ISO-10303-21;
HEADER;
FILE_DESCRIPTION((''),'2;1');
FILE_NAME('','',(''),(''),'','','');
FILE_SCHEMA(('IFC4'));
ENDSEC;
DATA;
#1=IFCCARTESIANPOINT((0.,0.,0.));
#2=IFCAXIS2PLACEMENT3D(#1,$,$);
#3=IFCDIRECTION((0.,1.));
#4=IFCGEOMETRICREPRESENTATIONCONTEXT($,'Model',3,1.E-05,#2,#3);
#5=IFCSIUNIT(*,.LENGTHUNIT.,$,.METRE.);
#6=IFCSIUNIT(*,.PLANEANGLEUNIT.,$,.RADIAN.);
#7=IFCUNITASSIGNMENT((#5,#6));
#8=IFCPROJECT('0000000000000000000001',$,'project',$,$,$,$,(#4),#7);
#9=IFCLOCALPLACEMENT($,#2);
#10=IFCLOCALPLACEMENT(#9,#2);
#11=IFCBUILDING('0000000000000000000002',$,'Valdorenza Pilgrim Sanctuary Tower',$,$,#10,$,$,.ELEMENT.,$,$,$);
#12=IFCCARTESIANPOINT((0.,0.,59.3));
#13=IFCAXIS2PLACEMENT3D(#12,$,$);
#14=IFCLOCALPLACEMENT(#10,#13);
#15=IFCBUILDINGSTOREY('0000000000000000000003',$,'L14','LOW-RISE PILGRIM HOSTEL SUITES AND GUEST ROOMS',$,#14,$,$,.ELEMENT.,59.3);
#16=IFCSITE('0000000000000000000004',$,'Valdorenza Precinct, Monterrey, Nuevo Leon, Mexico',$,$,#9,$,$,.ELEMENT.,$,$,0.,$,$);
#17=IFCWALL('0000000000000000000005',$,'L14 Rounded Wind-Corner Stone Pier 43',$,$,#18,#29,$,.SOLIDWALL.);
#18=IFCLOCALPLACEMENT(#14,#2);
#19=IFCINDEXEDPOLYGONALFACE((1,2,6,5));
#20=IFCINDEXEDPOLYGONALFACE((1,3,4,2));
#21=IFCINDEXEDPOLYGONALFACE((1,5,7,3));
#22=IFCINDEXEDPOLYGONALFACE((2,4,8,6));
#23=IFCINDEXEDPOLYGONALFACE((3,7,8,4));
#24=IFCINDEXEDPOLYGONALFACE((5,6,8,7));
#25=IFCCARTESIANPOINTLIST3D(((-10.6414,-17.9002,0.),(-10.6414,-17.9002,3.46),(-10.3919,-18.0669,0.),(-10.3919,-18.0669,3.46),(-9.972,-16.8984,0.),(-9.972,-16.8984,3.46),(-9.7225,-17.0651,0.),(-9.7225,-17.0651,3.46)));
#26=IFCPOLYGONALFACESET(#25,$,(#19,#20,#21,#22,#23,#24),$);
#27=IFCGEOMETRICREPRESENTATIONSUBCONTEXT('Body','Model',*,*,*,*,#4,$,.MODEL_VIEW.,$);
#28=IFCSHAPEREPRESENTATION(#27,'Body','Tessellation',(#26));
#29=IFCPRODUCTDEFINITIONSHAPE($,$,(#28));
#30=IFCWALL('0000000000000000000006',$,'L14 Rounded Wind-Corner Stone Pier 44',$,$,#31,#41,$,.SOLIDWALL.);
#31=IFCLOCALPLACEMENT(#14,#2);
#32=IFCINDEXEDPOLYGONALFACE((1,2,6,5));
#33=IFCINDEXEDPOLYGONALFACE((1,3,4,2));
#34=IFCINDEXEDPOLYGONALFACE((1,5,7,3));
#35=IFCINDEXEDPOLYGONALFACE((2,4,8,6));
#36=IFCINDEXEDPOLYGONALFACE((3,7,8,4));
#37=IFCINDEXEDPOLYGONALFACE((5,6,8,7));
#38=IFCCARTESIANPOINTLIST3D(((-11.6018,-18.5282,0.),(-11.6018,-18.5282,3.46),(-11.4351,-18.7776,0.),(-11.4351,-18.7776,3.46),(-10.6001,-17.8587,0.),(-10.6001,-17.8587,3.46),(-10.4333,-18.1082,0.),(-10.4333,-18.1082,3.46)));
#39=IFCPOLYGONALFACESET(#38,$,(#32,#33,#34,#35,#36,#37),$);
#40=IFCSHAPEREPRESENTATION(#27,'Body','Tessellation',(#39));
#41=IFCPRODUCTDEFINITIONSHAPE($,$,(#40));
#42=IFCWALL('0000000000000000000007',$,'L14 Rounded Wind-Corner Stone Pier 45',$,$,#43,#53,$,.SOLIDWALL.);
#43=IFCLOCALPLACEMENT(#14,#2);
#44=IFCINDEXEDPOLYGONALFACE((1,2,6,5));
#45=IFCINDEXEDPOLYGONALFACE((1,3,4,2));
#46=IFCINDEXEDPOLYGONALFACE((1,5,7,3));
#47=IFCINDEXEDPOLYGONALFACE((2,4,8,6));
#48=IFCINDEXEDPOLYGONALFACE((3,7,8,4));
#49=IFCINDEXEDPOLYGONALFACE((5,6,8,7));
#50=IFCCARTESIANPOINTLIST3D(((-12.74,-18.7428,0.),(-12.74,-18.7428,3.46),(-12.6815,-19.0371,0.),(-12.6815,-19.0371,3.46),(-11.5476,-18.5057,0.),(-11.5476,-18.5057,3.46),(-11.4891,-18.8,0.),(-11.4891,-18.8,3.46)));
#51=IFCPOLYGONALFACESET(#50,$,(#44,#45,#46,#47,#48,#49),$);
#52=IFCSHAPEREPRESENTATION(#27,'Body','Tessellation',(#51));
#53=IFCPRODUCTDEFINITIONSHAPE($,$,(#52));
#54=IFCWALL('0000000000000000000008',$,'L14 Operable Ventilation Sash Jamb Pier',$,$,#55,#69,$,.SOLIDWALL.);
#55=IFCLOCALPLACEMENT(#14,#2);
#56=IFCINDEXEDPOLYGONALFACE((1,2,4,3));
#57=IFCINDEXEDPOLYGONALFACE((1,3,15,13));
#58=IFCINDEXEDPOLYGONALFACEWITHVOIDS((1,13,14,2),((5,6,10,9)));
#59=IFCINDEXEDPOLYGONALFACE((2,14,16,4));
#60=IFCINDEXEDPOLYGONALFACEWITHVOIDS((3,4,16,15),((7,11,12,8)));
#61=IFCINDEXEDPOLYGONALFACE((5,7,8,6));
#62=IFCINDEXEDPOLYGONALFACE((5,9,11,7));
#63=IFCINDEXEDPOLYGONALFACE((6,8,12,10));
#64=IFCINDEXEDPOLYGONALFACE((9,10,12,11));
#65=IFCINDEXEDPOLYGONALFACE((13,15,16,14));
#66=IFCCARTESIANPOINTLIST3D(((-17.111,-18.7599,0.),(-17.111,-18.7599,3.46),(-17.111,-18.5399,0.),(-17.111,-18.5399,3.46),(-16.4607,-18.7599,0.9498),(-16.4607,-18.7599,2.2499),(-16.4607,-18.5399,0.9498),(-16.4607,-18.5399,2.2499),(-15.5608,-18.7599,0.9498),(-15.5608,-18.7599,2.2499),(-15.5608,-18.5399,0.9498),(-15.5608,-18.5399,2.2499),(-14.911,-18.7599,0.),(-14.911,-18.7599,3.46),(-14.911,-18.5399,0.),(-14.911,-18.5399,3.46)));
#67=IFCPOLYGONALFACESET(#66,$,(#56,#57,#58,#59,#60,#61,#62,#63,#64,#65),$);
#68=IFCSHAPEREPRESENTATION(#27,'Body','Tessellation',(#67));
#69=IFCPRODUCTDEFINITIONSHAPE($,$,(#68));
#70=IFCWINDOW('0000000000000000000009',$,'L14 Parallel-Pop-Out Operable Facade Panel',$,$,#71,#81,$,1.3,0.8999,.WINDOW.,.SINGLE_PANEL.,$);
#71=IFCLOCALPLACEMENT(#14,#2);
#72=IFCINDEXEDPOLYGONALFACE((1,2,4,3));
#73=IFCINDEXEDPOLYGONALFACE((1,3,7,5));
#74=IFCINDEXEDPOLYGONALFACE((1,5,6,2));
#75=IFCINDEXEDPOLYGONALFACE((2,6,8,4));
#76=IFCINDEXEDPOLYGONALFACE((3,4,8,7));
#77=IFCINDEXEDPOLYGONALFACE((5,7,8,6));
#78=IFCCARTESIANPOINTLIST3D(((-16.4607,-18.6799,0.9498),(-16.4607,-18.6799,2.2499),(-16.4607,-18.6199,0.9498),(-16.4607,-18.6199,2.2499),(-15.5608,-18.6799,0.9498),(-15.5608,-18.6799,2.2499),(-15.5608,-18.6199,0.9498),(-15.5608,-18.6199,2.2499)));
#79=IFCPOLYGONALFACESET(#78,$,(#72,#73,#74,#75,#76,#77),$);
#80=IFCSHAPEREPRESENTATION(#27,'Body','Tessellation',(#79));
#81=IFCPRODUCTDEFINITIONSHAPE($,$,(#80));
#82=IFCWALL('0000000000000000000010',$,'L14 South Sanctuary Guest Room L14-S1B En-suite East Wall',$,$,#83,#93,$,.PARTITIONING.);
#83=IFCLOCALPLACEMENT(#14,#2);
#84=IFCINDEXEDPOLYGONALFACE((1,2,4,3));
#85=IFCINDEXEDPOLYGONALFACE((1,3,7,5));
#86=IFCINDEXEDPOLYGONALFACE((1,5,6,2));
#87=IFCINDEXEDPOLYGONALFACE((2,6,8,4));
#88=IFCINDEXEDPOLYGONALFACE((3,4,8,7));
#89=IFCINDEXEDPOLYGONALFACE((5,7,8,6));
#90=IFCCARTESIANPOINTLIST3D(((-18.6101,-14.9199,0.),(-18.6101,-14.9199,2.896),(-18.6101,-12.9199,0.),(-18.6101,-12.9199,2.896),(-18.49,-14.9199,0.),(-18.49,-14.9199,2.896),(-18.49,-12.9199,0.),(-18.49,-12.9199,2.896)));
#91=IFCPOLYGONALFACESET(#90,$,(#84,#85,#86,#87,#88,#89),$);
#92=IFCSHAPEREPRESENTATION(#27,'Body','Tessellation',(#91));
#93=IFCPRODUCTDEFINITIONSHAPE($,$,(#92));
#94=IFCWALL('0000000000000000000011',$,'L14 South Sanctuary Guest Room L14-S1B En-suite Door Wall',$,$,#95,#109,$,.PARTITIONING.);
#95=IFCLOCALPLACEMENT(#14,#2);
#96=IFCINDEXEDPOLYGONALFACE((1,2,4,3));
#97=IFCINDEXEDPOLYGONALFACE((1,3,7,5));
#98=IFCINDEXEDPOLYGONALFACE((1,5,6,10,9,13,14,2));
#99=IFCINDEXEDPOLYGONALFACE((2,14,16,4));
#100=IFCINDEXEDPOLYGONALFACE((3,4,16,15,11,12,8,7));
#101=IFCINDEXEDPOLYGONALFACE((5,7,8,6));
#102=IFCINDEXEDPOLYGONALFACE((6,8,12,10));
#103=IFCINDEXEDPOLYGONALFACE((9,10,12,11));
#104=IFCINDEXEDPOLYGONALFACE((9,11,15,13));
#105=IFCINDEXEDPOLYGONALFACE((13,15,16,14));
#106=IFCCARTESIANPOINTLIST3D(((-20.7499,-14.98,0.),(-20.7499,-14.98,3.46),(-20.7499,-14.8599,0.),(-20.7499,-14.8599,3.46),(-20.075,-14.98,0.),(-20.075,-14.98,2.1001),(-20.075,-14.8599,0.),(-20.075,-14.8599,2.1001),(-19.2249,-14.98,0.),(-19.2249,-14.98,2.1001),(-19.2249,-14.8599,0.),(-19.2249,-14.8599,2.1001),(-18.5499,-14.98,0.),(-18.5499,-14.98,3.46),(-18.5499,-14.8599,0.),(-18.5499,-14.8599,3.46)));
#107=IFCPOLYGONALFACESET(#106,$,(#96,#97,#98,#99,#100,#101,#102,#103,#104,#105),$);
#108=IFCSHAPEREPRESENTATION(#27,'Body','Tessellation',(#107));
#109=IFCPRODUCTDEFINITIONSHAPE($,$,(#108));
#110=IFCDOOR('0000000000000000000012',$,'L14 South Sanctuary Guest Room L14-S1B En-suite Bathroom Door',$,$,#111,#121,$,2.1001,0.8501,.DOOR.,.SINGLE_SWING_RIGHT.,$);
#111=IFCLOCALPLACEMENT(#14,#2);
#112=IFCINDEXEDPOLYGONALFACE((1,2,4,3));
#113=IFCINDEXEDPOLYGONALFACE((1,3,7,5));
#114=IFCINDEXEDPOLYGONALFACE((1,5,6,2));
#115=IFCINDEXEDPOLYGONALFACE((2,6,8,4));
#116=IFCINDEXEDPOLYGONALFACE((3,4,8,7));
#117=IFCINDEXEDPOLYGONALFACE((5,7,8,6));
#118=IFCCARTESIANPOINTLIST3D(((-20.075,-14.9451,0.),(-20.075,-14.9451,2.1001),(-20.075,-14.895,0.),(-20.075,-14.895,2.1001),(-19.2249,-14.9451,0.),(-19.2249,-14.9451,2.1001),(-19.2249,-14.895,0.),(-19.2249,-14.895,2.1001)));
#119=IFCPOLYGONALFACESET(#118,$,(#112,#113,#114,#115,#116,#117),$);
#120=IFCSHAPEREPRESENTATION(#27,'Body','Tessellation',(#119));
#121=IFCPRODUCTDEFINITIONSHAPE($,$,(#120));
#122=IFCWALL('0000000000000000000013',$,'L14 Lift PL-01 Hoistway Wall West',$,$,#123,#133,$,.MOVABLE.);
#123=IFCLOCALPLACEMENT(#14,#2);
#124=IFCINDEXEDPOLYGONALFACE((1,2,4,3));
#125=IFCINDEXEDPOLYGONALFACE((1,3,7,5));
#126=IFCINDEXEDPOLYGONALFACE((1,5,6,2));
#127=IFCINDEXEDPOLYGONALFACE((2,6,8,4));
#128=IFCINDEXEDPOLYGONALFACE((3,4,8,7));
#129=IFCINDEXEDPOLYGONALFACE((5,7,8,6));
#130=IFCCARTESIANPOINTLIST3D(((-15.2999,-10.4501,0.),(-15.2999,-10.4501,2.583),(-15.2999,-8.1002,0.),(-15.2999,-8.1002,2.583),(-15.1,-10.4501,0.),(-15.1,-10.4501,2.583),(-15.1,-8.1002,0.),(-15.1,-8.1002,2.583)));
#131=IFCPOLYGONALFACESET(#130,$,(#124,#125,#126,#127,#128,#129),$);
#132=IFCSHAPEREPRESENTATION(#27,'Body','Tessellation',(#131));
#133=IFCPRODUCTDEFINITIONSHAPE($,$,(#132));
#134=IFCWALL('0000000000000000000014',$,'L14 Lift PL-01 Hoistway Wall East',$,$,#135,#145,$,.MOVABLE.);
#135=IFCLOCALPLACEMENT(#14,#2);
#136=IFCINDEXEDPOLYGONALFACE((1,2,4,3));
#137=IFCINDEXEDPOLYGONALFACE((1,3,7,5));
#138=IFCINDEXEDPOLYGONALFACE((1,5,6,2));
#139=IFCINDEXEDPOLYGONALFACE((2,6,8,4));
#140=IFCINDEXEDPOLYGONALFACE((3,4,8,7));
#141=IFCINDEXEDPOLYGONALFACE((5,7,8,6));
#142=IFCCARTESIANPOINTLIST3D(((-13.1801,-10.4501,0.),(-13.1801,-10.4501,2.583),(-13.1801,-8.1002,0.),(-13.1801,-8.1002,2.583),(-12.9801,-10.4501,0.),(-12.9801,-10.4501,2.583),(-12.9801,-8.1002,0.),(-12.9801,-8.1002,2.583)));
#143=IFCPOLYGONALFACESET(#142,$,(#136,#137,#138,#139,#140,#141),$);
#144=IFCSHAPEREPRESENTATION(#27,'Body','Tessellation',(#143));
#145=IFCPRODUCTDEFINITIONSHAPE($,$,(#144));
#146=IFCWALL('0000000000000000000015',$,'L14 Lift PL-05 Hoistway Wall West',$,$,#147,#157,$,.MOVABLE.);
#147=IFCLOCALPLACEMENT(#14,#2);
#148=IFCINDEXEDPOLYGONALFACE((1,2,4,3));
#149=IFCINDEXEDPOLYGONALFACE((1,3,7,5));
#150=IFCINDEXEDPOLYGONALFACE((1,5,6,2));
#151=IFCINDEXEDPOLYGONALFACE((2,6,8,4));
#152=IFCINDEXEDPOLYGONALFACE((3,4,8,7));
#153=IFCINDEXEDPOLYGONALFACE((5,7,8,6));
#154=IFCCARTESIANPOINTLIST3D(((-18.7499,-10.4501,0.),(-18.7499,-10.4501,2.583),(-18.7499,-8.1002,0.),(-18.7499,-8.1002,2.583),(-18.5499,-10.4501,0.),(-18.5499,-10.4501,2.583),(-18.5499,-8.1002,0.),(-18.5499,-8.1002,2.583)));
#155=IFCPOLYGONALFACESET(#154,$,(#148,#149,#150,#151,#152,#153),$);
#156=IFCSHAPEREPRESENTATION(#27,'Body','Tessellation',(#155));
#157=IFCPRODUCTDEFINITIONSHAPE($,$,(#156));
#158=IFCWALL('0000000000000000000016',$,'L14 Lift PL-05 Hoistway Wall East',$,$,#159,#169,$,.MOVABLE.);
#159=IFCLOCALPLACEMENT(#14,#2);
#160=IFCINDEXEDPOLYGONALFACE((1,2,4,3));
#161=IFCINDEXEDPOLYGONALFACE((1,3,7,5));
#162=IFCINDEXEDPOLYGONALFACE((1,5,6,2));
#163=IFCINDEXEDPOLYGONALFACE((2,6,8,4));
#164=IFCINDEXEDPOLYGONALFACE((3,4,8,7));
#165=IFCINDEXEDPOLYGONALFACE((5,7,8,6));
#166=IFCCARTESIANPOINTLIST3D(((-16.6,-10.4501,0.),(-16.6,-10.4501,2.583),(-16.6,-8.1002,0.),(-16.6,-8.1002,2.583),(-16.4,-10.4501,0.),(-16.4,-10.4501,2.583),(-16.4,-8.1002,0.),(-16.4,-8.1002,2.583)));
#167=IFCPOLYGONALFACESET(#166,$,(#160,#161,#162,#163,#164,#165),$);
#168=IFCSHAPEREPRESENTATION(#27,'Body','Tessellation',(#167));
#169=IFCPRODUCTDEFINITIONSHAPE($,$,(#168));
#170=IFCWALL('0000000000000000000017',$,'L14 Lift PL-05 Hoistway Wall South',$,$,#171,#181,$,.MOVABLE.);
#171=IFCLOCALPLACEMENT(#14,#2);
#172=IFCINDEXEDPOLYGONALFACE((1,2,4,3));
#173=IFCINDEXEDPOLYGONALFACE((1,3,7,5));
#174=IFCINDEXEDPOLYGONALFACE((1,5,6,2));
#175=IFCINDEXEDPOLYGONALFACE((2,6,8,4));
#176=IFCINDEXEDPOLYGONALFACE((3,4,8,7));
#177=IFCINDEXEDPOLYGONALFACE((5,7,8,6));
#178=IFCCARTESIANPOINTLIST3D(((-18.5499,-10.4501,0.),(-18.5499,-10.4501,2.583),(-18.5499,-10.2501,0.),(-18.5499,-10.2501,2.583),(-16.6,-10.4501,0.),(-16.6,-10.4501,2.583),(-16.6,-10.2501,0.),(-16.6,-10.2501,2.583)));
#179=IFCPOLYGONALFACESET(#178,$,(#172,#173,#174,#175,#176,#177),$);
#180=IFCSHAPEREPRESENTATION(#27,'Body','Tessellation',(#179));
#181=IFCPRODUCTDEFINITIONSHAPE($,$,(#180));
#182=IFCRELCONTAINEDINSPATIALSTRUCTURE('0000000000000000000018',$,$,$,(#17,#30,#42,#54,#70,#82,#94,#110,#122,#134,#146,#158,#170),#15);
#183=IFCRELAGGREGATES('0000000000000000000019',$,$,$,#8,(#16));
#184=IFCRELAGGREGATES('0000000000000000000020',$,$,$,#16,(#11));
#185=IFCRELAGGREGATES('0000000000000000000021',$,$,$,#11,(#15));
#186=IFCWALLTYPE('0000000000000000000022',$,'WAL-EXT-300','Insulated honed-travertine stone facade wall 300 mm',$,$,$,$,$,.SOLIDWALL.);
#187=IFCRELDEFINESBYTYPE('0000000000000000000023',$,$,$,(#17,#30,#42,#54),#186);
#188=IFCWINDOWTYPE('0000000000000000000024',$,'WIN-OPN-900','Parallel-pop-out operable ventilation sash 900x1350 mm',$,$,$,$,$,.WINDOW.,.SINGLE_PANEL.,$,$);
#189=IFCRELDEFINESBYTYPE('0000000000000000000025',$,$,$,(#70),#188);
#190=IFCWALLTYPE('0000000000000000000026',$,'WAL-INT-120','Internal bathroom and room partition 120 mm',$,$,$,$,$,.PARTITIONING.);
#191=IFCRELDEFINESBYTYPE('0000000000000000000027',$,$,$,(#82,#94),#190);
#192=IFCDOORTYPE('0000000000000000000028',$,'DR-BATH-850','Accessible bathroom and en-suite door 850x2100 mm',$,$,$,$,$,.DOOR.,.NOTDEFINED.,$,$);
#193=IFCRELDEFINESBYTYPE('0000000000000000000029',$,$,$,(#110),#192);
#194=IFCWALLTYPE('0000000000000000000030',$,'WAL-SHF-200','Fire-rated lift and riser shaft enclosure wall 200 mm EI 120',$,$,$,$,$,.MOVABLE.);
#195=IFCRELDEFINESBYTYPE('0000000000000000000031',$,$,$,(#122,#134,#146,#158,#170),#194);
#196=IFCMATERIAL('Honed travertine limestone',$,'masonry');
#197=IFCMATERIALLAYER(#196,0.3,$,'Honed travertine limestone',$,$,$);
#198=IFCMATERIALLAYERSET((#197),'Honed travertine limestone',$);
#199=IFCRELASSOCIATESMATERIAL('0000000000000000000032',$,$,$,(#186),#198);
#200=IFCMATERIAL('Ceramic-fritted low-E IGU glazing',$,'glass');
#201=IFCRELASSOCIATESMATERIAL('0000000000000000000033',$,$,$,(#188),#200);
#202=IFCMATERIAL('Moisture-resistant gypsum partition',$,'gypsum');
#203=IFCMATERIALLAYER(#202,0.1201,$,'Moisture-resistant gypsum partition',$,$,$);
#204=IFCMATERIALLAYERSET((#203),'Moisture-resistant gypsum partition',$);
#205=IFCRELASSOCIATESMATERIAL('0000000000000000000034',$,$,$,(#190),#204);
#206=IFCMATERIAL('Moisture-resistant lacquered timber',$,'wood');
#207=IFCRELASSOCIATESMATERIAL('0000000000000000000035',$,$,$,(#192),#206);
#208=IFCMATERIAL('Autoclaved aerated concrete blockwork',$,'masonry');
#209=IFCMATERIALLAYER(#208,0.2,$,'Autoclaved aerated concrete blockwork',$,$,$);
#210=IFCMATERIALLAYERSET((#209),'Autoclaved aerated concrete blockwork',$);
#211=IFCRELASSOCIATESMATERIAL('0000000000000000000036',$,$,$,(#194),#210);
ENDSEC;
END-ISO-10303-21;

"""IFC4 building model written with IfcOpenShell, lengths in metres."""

from ifc_helpers import new_model, si_unit, direction, frame, frame_2d, origin, place, context, subcontext, project, spatial, rectangle, extrude, material, layer, layer_set, type_object, element, fill, save


model = new_model("IFC4")

# Units and contexts
model_context = context("Model", 3, precision=1e-05, world=origin(), true_north=direction((0.0, 1.0)))
body_context = subcontext(model_context, "Body", "Model", "MODEL_VIEW")
ifc_project = project(units=[si_unit("LENGTHUNIT", "METRE"), si_unit("PLANEANGLEUNIT", "RADIAN")], contexts=[model_context])

# Site, building, storey
site_placement = place(None, origin())
site = spatial("IfcSite", under=ifc_project, at=site_placement, Name="Valdorenza Precinct, Monterrey, Nuevo Leon, Mexico", CompositionType="ELEMENT", RefElevation=0.0)
building_placement = place(site_placement, origin())
building = spatial("IfcBuilding", under=site, at=building_placement, Name="Valdorenza Pilgrim Sanctuary Tower", CompositionType="ELEMENT")
storey_placement = place(building_placement, frame((0.0, 0.0, 59.3)))
storey = spatial("IfcBuildingStorey", under=building, at=storey_placement, Name="L14", Description="LOW-RISE PILGRIM HOSTEL SUITES AND GUEST ROOMS", CompositionType="ELEMENT", Elevation=59.3)

# Shared definitions
ifc_material_1 = material(Name="Ceramic-fritted low-E IGU glazing", Category="glass")
ifc_material_2 = material(Name="Honed travertine limestone", Category="masonry")

# Walls
ifc_layer_1 = layer(ifc_material_2, 0.3, Name="Honed travertine limestone")
ifc_layer_set_1 = layer_set([ifc_layer_1], Name="Honed travertine limestone")
wall_type_1 = type_object("IfcWallType", Name="WAL-EXT-300", Description="Insulated honed-travertine stone facade wall 300 mm", PredefinedType="SOLIDWALL", material=ifc_layer_set_1)
for number, where, z_axis, x_axis, name in (
    (1, (-9.8472, -16.9817, 0.0), (0.0, 0.0, 1.0), (-0.555635, -0.831426, 0.0), "L14 Rounded Wind-Corner Stone Pier 43"),
    (2, (-10.5166, -17.9834, 0.0), (0.0, 0.0, 1.0), (-0.831426, -0.555635, 0.0), "L14 Rounded Wind-Corner Stone Pier 44"),
):
    element("IfcWall", number, at=place(storey_placement, frame(where, z_axis=z_axis, x_axis=x_axis)), inside=storey, type_object=wall_type_1, Name=name, PredefinedType="SOLIDWALL", context=body_context, shape_type="SweptSolid", body=[
        extrude(rectangle(XDim=1.2048, YDim=0.3, at=frame_2d((0.6025, 0.0))), origin(), (0.0, 0.0, 1.0), 3.46),
    ])
wall_1_placement = place(storey_placement, frame((-11.5183, -18.6528, 0.0), z_axis=(0.0, 0.0, 1.0), x_axis=(-0.980804, -0.194996, 0.0)))
element("IfcWall", 3, at=wall_1_placement, inside=storey, type_object=wall_type_1, Name="L14 Rounded Wind-Corner Stone Pier 45", PredefinedType="SOLIDWALL", context=body_context, shape_type="SweptSolid", body=[
    extrude(rectangle(XDim=1.2158, YDim=0.3, at=frame_2d((0.6079, 0.0))), origin(), (0.0, 0.0, 1.0), 3.46),
])

# Wall, opening, window
wall_2_placement = place(storey_placement, frame((-14.9109, -18.6499, 0.0), z_axis=(0.0, 0.0, 1.0), x_axis=(-1.0, 0.0, 0.0)))
wall_2 = element("IfcWall", 4, at=wall_2_placement, inside=storey, type_object=wall_type_1, Name="L14 Operable Ventilation Sash Jamb Pier", PredefinedType="SOLIDWALL", context=body_context, shape_type="SweptSolid", body=[
    extrude(rectangle(XDim=2.2, YDim=0.22, at=frame_2d((1.1001, 0.0))), origin(), (0.0, 0.0, 1.0), 3.46),
])
opening_1_placement = place(wall_2_placement, frame((0.6499, 0.0, 0.95)))
opening_1 = element("IfcOpeningElement", 5, at=opening_1_placement, cuts=wall_2, PredefinedType="OPENING", context=body_context, shape_type="SweptSolid", body=[
    extrude(rectangle(XDim=0.8999, YDim=1.3, at=frame_2d((0.45, 0.6499))), frame((0.0, 0.125, 0.0), z_axis=(0.0, -1.0, 0.0), x_axis=(1.0, 0.0, 0.0)), (0.0, 0.0, 1.0), 0.2498),
])
window_type = type_object("IfcWindowType", Name="WIN-OPN-900", Description="Parallel-pop-out operable ventilation sash 900x1350 mm", PartitioningType="SINGLE_PANEL", PredefinedType="WINDOW", material=ifc_material_1)
window_placement = place(opening_1_placement, origin())
window = element("IfcWindow", 6, at=window_placement, inside=storey, type_object=window_type, Name="L14 Parallel-Pop-Out Operable Facade Panel", OverallHeight=1.3, OverallWidth=0.8999, PartitioningType="SINGLE_PANEL", PredefinedType="WINDOW", context=body_context, shape_type="SweptSolid", body=[
    extrude(rectangle(XDim=0.8999, YDim=1.3, at=frame_2d((0.45, 0.6499))), frame((0.0, 0.03, 0.0), z_axis=(0.0, -1.0, 0.0), x_axis=(1.0, 0.0, 0.0)), (0.0, 0.0, 1.0), 0.0601),
])
fill(opening_1, window)

# Wall
ifc_material_3 = material(Name="Moisture-resistant gypsum partition", Category="gypsum")
ifc_layer_2 = layer(ifc_material_3, 0.1201, Name="Moisture-resistant gypsum partition")
ifc_layer_set_2 = layer_set([ifc_layer_2], Name="Moisture-resistant gypsum partition")
wall_type_2 = type_object("IfcWallType", Name="WAL-INT-120", Description="Internal bathroom and room partition 120 mm", PredefinedType="PARTITIONING", material=ifc_layer_set_2)
wall_3_placement = place(storey_placement, frame((-18.55, -14.9199, 0.0), z_axis=(0.0, 0.0, 1.0), x_axis=(0.0, 1.0, 0.0)))
element("IfcWall", 7, at=wall_3_placement, inside=storey, type_object=wall_type_2, Name="L14 South Sanctuary Guest Room L14-S1B En-suite East Wall", PredefinedType="PARTITIONING", context=body_context, shape_type="SweptSolid", body=[
    extrude(rectangle(XDim=2.0, YDim=0.1201, at=frame_2d((1.0, 0.0))), origin(), (0.0, 0.0, 1.0), 2.896),
])

# Wall, opening, door
wall_4_placement = place(storey_placement, frame((-20.75, -14.9199, 0.0), z_axis=(0.0, 0.0, 1.0), x_axis=(1.0, 0.0, 0.0)))
wall_4 = element("IfcWall", 8, at=wall_4_placement, inside=storey, type_object=wall_type_2, Name="L14 South Sanctuary Guest Room L14-S1B En-suite Door Wall", PredefinedType="PARTITIONING", context=body_context, shape_type="SweptSolid", body=[
    extrude(rectangle(XDim=2.2, YDim=0.1201, at=frame_2d((1.1001, 0.0))), origin(), (0.0, 0.0, 1.0), 3.46),
])
opening_2_placement = place(wall_4_placement, frame((0.675, 0.0, 0.0)))
opening_2 = element("IfcOpeningElement", 9, at=opening_2_placement, cuts=wall_4, PredefinedType="OPENING", context=body_context, shape_type="SweptSolid", body=[
    extrude(rectangle(XDim=0.8501, YDim=2.1001, at=frame_2d((0.425, 1.05))), frame((0.0, 0.075, 0.0), z_axis=(0.0, -1.0, 0.0), x_axis=(1.0, 0.0, 0.0)), (0.0, 0.0, 1.0), 0.1499),
])
ifc_material_4 = material(Name="Moisture-resistant lacquered timber", Category="wood")
door_type = type_object("IfcDoorType", Name="DR-BATH-850", Description="Accessible bathroom and en-suite door 850x2100 mm", OperationType="NOTDEFINED", PredefinedType="DOOR", material=ifc_material_4)
door_placement = place(opening_2_placement, origin())
door = element("IfcDoor", 10, at=door_placement, inside=storey, type_object=door_type, Name="L14 South Sanctuary Guest Room L14-S1B En-suite Bathroom Door", OperationType="SINGLE_SWING_RIGHT", OverallHeight=2.1001, OverallWidth=0.8501, PredefinedType="DOOR", context=body_context, shape_type="SweptSolid", body=[
    extrude(rectangle(XDim=0.8501, YDim=2.1001, at=frame_2d((0.425, 1.05))), frame((0.0, 0.0249, 0.0), z_axis=(0.0, -1.0, 0.0), x_axis=(1.0, 0.0, 0.0)), (0.0, 0.0, 1.0), 0.05),
])
fill(opening_2, door)

# Walls
ifc_material_5 = material(Name="Autoclaved aerated concrete blockwork", Category="masonry")
ifc_layer_3 = layer(ifc_material_5, 0.2, Name="Autoclaved aerated concrete blockwork")
ifc_layer_set_3 = layer_set([ifc_layer_3], Name="Autoclaved aerated concrete blockwork")
wall_type_3 = type_object("IfcWallType", Name="WAL-SHF-200", Description="Fire-rated lift and riser shaft enclosure wall 200 mm EI 120", PredefinedType="MOVABLE", material=ifc_layer_set_3)
for number, where, z_axis, x_axis, name in (
    (11, (-15.2, -10.45, 0.0), (0.0, 0.0, 1.0), (0.0, 1.0, 0.0), "L14 Lift PL-01 Hoistway Wall West"),
    (12, (-13.0801, -10.45, 0.0), (0.0, 0.0, 1.0), (0.0, 1.0, 0.0), "L14 Lift PL-01 Hoistway Wall East"),
    (13, (-18.6499, -10.45, 0.0), (0.0, 0.0, 1.0), (0.0, 1.0, 0.0), "L14 Lift PL-05 Hoistway Wall West"),
    (14, (-16.5, -10.45, 0.0), (0.0, 0.0, 1.0), (0.0, 1.0, 0.0), "L14 Lift PL-05 Hoistway Wall East"),
):
    element("IfcWall", number, at=place(storey_placement, frame(where, z_axis=z_axis, x_axis=x_axis)), inside=storey, type_object=wall_type_3, Name=name, PredefinedType="MOVABLE", context=body_context, shape_type="SweptSolid", body=[
        extrude(rectangle(XDim=2.3499, YDim=0.2, at=frame_2d((1.1748, 0.0))), origin(), (0.0, 0.0, 1.0), 2.583),
    ])
wall_5_placement = place(storey_placement, frame((-18.55, -10.3501, 0.0), z_axis=(0.0, 0.0, 1.0), x_axis=(1.0, 0.0, 0.0)))
element("IfcWall", 15, at=wall_5_placement, inside=storey, type_object=wall_type_3, Name="L14 Lift PL-05 Hoistway Wall South", PredefinedType="MOVABLE", context=body_context, shape_type="SweptSolid", body=[
    extrude(rectangle(XDim=1.95, YDim=0.2, at=frame_2d((0.9751, 0.0))), origin(), (0.0, 0.0, 1.0), 2.583),
])

save(model, "model.ifc")
